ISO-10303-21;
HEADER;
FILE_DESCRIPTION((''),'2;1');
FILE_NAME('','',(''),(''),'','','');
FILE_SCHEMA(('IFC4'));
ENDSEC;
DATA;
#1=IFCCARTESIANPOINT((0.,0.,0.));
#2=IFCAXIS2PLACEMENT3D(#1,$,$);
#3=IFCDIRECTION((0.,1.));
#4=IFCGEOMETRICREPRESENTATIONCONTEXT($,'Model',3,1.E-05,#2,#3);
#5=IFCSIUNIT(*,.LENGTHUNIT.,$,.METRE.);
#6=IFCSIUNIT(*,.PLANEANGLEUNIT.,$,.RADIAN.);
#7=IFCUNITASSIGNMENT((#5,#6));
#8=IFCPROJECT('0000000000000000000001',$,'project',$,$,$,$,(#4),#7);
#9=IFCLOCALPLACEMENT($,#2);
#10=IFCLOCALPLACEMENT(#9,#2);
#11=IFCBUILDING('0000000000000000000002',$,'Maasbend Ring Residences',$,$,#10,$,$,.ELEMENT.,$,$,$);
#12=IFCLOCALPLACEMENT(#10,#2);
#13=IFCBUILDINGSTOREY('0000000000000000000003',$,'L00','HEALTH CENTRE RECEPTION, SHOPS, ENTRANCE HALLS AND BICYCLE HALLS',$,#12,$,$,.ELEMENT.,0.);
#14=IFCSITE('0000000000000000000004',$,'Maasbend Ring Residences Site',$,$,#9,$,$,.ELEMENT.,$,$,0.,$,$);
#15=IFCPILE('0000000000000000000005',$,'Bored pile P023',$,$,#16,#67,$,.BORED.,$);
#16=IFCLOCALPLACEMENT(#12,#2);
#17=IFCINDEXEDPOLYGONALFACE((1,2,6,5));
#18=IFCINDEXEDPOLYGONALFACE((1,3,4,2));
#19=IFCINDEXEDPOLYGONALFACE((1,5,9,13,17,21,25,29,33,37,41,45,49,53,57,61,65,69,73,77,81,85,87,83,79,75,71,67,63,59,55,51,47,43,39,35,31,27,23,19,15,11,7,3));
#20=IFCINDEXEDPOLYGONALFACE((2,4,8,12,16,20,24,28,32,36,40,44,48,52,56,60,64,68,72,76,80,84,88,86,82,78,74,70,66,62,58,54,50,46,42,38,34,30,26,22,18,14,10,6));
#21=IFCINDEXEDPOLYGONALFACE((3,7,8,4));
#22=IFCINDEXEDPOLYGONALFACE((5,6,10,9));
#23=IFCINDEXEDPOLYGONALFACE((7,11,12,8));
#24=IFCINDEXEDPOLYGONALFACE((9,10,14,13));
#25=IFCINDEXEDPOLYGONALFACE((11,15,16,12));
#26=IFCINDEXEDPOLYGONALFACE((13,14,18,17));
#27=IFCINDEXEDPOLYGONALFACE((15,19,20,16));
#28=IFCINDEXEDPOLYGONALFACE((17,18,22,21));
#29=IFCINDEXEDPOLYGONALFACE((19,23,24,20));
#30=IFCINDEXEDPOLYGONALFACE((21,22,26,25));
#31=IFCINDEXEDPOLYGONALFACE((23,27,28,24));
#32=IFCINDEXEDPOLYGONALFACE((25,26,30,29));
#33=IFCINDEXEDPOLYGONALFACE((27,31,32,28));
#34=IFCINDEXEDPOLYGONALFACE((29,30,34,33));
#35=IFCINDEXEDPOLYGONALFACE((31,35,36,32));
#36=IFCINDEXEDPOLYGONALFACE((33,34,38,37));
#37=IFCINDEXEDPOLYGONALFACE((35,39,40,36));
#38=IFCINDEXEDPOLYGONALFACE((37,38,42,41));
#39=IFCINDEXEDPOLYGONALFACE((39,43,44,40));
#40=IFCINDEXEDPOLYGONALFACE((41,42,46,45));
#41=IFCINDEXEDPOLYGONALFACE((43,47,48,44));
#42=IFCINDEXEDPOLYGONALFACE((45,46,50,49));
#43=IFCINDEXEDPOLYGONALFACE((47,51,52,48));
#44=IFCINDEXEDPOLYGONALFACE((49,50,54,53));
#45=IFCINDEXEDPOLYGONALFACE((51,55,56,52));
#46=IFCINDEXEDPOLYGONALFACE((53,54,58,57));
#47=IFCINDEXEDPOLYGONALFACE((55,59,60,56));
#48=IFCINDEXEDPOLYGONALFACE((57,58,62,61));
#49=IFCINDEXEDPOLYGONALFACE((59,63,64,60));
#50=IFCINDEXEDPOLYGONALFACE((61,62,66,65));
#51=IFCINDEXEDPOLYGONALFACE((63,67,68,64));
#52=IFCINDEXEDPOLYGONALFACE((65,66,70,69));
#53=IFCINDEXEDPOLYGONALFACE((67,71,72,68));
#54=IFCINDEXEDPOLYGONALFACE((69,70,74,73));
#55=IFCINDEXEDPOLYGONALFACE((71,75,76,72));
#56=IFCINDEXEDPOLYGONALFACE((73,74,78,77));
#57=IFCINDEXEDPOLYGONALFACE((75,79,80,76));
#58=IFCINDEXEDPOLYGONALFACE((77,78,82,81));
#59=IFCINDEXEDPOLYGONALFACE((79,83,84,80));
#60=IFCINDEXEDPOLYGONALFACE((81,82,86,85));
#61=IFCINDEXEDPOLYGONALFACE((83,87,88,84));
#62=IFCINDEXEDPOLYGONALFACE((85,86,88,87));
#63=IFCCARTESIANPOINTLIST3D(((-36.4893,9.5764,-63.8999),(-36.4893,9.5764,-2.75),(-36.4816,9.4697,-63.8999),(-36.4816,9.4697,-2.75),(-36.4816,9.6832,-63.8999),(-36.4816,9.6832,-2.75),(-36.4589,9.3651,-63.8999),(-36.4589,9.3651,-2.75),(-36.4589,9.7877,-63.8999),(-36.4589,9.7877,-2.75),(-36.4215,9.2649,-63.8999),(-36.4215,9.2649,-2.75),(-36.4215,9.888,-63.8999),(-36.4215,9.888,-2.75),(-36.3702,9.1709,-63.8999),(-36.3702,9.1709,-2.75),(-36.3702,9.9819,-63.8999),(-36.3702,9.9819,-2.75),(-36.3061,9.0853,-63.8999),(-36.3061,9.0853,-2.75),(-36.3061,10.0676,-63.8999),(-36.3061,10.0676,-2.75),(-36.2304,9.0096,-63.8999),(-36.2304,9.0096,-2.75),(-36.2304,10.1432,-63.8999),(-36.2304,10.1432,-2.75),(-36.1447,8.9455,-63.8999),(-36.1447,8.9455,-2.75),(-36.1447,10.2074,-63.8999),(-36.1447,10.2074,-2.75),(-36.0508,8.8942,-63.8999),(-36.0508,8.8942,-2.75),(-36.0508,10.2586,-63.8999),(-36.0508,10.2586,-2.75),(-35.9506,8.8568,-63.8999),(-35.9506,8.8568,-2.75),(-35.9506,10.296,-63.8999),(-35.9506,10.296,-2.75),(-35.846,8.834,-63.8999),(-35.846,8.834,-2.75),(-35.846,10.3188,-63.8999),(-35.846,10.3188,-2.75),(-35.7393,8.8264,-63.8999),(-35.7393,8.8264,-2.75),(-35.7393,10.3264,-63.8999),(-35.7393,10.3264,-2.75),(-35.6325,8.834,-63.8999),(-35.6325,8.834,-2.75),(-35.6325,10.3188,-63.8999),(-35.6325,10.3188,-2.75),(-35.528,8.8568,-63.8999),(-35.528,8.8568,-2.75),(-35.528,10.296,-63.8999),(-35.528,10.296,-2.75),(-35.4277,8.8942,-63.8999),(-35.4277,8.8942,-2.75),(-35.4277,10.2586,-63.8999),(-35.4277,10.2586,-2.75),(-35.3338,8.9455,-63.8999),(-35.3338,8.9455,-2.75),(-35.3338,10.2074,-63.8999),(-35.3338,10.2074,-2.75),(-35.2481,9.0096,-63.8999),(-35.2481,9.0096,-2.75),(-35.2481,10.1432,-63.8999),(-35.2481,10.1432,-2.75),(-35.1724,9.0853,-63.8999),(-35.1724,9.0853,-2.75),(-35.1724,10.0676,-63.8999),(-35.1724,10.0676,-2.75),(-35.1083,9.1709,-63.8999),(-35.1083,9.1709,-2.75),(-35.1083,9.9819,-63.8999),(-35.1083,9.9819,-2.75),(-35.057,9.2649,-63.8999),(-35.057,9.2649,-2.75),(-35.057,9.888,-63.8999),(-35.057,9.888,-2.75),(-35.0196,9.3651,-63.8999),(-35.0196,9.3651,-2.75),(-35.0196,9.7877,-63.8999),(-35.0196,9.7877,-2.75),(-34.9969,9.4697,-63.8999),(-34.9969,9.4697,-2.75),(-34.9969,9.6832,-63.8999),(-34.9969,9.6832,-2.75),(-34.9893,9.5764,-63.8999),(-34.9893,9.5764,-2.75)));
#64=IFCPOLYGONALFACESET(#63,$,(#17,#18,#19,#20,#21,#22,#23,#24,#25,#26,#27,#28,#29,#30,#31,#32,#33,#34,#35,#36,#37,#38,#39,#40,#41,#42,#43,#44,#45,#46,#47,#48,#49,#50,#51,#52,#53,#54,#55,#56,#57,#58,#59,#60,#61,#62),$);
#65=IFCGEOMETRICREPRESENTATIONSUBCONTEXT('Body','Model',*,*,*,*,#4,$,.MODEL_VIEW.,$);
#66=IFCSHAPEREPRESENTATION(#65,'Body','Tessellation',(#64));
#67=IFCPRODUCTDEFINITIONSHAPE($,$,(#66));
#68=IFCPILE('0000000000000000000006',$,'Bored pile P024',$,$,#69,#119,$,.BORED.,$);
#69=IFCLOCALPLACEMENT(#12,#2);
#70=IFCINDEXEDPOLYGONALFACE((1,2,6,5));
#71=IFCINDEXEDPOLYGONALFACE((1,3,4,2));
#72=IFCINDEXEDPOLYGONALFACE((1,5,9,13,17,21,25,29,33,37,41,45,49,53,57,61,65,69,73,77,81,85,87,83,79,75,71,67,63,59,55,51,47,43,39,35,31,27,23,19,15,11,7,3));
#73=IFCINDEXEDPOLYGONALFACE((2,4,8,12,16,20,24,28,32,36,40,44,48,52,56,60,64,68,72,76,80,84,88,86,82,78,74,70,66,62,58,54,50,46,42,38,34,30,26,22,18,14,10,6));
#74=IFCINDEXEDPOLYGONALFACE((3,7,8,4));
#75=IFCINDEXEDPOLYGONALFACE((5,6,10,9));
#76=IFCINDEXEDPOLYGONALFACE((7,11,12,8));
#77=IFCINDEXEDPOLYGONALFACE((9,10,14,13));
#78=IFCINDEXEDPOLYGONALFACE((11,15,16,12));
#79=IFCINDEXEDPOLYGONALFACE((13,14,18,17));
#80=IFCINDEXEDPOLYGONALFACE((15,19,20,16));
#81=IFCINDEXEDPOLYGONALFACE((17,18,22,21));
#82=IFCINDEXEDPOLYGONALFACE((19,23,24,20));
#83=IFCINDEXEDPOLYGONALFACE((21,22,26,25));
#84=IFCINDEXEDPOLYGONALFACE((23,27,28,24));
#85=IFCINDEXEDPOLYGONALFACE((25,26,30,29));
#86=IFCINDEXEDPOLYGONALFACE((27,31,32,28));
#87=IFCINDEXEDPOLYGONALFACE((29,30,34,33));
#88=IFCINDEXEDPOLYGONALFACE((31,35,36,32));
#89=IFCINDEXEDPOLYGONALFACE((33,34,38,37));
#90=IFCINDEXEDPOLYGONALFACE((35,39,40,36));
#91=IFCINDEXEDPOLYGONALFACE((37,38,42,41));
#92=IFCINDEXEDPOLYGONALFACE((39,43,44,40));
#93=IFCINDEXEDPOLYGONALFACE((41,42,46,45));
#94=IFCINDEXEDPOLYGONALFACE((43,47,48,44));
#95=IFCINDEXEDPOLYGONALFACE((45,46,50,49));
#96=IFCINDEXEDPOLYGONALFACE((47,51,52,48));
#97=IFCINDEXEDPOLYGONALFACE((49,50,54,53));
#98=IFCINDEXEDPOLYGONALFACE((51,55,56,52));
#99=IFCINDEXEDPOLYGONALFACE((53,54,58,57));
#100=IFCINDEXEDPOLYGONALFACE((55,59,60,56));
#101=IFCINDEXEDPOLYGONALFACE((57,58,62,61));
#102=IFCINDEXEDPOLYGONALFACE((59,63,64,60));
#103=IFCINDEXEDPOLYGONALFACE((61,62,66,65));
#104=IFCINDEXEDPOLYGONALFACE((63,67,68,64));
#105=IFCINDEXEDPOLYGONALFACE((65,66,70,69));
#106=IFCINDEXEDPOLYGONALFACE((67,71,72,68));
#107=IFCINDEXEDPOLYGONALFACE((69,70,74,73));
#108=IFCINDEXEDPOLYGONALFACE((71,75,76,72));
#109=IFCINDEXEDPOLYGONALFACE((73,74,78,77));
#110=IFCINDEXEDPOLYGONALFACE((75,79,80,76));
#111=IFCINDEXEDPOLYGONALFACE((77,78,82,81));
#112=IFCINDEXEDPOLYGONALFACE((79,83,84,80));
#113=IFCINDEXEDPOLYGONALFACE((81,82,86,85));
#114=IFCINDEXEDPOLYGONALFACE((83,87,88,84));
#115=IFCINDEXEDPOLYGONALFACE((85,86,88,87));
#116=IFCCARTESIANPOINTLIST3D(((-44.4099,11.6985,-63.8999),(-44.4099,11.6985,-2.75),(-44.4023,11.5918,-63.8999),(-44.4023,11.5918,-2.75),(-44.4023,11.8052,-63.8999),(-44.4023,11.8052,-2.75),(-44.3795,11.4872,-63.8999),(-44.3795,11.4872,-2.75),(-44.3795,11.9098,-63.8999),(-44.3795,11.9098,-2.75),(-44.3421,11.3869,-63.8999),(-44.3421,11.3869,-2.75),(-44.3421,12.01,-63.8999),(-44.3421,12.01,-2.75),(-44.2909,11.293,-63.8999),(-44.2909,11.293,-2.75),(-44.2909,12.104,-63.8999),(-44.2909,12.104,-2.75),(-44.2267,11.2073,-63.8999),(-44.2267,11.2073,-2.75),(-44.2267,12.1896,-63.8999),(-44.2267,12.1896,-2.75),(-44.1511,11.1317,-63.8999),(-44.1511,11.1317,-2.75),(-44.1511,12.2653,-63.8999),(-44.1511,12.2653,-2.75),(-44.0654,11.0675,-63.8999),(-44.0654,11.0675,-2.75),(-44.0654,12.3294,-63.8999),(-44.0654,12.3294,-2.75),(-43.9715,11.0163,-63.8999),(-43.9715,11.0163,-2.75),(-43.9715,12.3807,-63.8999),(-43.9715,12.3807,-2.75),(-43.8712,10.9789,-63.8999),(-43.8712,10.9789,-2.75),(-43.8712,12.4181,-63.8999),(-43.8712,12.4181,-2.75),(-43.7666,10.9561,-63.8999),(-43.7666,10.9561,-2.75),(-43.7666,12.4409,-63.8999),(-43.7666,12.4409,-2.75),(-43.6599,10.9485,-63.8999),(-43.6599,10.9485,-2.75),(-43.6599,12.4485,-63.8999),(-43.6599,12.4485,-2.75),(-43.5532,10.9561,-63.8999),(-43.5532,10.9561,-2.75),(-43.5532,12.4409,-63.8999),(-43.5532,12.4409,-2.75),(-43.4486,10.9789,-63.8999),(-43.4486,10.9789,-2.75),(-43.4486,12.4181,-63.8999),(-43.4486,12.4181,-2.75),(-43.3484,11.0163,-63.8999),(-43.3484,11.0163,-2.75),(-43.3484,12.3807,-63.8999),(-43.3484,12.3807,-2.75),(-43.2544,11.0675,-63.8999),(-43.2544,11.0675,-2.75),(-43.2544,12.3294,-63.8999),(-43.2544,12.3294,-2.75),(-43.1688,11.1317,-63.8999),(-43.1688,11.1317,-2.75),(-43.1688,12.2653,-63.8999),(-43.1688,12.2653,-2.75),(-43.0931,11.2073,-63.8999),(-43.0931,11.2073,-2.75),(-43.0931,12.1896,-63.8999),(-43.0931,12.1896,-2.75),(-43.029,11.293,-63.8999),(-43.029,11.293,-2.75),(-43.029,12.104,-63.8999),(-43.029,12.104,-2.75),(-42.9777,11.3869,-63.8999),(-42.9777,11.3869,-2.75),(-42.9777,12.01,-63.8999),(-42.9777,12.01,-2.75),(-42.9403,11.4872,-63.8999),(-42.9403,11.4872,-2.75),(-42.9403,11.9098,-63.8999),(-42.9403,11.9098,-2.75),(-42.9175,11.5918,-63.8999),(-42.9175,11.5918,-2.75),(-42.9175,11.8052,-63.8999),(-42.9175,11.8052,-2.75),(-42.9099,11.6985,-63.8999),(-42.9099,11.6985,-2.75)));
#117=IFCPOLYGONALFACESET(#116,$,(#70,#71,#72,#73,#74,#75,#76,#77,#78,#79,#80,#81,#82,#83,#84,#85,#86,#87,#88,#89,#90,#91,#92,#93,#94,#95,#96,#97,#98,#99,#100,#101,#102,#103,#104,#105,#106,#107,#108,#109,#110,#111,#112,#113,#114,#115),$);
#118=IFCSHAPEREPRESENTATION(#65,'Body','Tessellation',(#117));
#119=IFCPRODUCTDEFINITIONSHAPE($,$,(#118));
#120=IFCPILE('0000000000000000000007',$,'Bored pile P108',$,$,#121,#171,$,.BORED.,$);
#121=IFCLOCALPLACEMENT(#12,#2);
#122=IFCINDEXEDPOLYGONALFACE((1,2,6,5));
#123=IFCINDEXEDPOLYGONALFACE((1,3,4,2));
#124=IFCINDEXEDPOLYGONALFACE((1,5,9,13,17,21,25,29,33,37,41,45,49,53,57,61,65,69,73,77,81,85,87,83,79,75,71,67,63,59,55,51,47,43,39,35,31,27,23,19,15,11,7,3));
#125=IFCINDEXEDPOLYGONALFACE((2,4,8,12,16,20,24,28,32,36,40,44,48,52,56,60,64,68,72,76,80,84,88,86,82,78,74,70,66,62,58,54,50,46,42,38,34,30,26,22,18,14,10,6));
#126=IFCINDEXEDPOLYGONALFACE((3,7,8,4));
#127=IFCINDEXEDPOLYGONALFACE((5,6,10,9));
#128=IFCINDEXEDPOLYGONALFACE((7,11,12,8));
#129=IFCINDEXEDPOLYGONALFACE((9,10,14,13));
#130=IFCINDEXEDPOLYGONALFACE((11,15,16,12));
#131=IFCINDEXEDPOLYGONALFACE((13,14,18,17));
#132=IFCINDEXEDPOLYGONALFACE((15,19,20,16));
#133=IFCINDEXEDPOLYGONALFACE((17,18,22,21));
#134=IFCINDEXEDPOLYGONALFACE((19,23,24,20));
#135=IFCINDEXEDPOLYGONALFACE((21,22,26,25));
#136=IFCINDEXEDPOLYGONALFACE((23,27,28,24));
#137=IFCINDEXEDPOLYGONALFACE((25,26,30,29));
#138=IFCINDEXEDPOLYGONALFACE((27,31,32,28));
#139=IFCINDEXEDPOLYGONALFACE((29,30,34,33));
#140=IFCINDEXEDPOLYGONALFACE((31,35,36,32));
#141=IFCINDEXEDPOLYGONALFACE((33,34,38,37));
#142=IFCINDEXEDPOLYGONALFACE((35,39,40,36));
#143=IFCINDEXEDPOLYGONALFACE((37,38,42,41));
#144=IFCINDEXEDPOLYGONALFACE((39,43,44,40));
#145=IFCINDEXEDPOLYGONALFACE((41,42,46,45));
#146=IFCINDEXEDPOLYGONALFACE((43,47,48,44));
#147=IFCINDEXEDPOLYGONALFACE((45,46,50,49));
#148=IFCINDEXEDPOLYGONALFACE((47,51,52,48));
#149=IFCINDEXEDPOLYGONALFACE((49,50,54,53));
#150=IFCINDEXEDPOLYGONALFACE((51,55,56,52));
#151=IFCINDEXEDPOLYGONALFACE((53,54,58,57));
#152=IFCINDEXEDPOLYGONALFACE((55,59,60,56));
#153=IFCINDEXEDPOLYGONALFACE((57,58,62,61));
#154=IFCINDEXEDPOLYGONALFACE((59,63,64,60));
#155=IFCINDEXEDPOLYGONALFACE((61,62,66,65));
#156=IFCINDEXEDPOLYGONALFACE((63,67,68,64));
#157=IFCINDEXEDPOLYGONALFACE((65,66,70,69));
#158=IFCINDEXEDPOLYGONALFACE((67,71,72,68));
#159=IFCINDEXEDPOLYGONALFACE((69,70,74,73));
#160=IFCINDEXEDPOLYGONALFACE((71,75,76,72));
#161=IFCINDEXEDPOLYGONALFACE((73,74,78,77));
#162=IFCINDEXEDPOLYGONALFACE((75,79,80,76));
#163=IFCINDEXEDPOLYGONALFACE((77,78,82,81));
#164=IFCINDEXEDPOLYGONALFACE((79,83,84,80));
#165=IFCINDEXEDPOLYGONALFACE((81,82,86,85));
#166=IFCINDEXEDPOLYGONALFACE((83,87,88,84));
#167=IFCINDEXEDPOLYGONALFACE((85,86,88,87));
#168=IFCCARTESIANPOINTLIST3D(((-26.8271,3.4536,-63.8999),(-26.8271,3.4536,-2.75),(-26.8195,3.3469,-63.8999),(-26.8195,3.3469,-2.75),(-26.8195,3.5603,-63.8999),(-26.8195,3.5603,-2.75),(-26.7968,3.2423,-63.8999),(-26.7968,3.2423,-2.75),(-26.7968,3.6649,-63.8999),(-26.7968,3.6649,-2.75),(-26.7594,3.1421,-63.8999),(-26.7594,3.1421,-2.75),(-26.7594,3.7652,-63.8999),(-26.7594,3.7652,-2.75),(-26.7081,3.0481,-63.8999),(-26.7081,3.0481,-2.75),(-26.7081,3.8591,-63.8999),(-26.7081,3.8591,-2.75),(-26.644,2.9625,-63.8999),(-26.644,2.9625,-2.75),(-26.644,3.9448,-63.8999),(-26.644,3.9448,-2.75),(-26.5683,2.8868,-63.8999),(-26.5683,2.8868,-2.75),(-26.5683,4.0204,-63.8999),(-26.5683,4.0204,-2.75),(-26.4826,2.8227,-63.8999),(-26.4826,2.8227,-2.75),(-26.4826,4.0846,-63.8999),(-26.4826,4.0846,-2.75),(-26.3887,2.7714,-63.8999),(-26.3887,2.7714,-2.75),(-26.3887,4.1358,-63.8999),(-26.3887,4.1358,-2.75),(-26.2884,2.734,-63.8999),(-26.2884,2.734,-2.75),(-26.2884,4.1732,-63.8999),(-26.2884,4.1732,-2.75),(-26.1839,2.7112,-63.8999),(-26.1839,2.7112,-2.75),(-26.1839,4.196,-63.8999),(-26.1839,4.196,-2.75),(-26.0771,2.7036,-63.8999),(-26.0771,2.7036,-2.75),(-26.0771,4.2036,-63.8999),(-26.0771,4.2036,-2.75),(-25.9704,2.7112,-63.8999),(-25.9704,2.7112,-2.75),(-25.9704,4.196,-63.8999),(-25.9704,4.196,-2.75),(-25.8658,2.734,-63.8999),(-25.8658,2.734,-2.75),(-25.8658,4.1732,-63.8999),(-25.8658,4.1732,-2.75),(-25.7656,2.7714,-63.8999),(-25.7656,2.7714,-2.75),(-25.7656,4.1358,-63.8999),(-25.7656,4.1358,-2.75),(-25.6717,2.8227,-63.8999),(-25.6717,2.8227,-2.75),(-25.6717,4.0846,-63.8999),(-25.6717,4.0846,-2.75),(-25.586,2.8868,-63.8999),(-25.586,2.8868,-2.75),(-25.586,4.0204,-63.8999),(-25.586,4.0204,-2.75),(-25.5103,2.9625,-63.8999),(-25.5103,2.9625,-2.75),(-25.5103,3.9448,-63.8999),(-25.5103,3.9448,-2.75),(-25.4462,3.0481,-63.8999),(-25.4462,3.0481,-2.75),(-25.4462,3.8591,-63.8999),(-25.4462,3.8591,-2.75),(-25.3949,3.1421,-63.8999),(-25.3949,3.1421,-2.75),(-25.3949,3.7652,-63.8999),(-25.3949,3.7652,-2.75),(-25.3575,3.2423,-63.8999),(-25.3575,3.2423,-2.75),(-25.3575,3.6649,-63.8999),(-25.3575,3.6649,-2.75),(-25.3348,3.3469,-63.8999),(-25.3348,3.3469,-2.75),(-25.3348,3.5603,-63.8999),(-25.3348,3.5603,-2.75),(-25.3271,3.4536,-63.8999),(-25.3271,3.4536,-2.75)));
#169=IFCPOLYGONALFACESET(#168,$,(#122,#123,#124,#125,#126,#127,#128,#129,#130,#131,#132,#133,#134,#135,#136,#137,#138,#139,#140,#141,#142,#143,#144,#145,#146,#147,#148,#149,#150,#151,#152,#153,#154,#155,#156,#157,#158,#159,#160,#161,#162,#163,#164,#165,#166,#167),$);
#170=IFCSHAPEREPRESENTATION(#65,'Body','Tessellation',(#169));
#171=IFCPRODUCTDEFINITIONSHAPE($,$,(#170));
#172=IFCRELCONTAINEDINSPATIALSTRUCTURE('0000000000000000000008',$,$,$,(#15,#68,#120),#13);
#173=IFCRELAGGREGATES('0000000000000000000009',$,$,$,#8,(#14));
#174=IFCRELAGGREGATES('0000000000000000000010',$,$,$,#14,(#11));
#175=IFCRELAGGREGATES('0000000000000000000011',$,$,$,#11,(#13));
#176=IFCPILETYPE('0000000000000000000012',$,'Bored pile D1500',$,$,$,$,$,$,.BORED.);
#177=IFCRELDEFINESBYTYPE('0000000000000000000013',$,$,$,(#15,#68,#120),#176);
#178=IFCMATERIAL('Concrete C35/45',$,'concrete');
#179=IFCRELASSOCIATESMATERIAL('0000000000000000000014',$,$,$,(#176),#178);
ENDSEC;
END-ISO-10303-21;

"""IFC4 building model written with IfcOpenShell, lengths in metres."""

from ifc_helpers import new_model, si_unit, direction, frame, origin, origin_2d, place, context, subcontext, project, spatial, circle, extrude, material, material_profile, profile_set, type_object, element, save


model = new_model("IFC4")

# Units and contexts
model_context = context("Model", 3, precision=1e-05, world=origin(), true_north=direction((0.0, 1.0)))
body_context = subcontext(model_context, "Body", "Model", "MODEL_VIEW")
ifc_project = project(units=[si_unit("LENGTHUNIT", "METRE"), si_unit("PLANEANGLEUNIT", "RADIAN")], contexts=[model_context])

# Site, building, storey
site_placement = place(None, origin())
site = spatial("IfcSite", under=ifc_project, at=site_placement, Name="Maasbend Ring Residences Site", CompositionType="ELEMENT", RefElevation=0.0)
building_placement = place(site_placement, origin())
building = spatial("IfcBuilding", under=site, at=building_placement, Name="Maasbend Ring Residences", CompositionType="ELEMENT")
storey_placement = place(building_placement, origin())
storey = spatial("IfcBuildingStorey", under=building, at=storey_placement, Name="L00", Description="HEALTH CENTRE RECEPTION, SHOPS, ENTRANCE HALLS AND BICYCLE HALLS", CompositionType="ELEMENT", Elevation=0.0)

# Piles
ifc_material_1 = material(Name="Concrete C35/45", Category="concrete")
ifc_material_profile_1 = material_profile(ifc_material_1, circle(Radius=0.75, at=origin_2d()), Name="Bored pile D1500")
ifc_profile_set_1 = profile_set([ifc_material_profile_1], Name="Concrete C35/45")
pile_type = type_object("IfcPileType", Name="Bored pile D1500", PredefinedType="BORED", material=ifc_profile_set_1)
for number, where, z_axis, x_axis, name in (
    (1, (-35.7393, 9.5764, -2.75), (0.0, 0.0, -1.0), (1.0, 0.0, 0.0), "Bored pile P023"),
    (2, (-43.6599, 11.6985, -2.75), (0.0, 0.0, -1.0), (1.0, 0.0, 0.0), "Bored pile P024"),
    (3, (-26.0771, 3.4536, -2.75), (0.0, 0.0, -1.0), (1.0, 0.0, 0.0), "Bored pile P108"),
):
    element("IfcPile", number, at=place(storey_placement, frame(where, z_axis=z_axis, x_axis=x_axis)), inside=storey, type_object=pile_type, Name=name, PredefinedType="BORED", context=body_context, shape_type="SweptSolid", body=[
        extrude(circle(Radius=0.75, at=origin_2d()), origin(), (0.0, 0.0, 1.0), 61.1499),
    ])

save(model, "model.ifc")
